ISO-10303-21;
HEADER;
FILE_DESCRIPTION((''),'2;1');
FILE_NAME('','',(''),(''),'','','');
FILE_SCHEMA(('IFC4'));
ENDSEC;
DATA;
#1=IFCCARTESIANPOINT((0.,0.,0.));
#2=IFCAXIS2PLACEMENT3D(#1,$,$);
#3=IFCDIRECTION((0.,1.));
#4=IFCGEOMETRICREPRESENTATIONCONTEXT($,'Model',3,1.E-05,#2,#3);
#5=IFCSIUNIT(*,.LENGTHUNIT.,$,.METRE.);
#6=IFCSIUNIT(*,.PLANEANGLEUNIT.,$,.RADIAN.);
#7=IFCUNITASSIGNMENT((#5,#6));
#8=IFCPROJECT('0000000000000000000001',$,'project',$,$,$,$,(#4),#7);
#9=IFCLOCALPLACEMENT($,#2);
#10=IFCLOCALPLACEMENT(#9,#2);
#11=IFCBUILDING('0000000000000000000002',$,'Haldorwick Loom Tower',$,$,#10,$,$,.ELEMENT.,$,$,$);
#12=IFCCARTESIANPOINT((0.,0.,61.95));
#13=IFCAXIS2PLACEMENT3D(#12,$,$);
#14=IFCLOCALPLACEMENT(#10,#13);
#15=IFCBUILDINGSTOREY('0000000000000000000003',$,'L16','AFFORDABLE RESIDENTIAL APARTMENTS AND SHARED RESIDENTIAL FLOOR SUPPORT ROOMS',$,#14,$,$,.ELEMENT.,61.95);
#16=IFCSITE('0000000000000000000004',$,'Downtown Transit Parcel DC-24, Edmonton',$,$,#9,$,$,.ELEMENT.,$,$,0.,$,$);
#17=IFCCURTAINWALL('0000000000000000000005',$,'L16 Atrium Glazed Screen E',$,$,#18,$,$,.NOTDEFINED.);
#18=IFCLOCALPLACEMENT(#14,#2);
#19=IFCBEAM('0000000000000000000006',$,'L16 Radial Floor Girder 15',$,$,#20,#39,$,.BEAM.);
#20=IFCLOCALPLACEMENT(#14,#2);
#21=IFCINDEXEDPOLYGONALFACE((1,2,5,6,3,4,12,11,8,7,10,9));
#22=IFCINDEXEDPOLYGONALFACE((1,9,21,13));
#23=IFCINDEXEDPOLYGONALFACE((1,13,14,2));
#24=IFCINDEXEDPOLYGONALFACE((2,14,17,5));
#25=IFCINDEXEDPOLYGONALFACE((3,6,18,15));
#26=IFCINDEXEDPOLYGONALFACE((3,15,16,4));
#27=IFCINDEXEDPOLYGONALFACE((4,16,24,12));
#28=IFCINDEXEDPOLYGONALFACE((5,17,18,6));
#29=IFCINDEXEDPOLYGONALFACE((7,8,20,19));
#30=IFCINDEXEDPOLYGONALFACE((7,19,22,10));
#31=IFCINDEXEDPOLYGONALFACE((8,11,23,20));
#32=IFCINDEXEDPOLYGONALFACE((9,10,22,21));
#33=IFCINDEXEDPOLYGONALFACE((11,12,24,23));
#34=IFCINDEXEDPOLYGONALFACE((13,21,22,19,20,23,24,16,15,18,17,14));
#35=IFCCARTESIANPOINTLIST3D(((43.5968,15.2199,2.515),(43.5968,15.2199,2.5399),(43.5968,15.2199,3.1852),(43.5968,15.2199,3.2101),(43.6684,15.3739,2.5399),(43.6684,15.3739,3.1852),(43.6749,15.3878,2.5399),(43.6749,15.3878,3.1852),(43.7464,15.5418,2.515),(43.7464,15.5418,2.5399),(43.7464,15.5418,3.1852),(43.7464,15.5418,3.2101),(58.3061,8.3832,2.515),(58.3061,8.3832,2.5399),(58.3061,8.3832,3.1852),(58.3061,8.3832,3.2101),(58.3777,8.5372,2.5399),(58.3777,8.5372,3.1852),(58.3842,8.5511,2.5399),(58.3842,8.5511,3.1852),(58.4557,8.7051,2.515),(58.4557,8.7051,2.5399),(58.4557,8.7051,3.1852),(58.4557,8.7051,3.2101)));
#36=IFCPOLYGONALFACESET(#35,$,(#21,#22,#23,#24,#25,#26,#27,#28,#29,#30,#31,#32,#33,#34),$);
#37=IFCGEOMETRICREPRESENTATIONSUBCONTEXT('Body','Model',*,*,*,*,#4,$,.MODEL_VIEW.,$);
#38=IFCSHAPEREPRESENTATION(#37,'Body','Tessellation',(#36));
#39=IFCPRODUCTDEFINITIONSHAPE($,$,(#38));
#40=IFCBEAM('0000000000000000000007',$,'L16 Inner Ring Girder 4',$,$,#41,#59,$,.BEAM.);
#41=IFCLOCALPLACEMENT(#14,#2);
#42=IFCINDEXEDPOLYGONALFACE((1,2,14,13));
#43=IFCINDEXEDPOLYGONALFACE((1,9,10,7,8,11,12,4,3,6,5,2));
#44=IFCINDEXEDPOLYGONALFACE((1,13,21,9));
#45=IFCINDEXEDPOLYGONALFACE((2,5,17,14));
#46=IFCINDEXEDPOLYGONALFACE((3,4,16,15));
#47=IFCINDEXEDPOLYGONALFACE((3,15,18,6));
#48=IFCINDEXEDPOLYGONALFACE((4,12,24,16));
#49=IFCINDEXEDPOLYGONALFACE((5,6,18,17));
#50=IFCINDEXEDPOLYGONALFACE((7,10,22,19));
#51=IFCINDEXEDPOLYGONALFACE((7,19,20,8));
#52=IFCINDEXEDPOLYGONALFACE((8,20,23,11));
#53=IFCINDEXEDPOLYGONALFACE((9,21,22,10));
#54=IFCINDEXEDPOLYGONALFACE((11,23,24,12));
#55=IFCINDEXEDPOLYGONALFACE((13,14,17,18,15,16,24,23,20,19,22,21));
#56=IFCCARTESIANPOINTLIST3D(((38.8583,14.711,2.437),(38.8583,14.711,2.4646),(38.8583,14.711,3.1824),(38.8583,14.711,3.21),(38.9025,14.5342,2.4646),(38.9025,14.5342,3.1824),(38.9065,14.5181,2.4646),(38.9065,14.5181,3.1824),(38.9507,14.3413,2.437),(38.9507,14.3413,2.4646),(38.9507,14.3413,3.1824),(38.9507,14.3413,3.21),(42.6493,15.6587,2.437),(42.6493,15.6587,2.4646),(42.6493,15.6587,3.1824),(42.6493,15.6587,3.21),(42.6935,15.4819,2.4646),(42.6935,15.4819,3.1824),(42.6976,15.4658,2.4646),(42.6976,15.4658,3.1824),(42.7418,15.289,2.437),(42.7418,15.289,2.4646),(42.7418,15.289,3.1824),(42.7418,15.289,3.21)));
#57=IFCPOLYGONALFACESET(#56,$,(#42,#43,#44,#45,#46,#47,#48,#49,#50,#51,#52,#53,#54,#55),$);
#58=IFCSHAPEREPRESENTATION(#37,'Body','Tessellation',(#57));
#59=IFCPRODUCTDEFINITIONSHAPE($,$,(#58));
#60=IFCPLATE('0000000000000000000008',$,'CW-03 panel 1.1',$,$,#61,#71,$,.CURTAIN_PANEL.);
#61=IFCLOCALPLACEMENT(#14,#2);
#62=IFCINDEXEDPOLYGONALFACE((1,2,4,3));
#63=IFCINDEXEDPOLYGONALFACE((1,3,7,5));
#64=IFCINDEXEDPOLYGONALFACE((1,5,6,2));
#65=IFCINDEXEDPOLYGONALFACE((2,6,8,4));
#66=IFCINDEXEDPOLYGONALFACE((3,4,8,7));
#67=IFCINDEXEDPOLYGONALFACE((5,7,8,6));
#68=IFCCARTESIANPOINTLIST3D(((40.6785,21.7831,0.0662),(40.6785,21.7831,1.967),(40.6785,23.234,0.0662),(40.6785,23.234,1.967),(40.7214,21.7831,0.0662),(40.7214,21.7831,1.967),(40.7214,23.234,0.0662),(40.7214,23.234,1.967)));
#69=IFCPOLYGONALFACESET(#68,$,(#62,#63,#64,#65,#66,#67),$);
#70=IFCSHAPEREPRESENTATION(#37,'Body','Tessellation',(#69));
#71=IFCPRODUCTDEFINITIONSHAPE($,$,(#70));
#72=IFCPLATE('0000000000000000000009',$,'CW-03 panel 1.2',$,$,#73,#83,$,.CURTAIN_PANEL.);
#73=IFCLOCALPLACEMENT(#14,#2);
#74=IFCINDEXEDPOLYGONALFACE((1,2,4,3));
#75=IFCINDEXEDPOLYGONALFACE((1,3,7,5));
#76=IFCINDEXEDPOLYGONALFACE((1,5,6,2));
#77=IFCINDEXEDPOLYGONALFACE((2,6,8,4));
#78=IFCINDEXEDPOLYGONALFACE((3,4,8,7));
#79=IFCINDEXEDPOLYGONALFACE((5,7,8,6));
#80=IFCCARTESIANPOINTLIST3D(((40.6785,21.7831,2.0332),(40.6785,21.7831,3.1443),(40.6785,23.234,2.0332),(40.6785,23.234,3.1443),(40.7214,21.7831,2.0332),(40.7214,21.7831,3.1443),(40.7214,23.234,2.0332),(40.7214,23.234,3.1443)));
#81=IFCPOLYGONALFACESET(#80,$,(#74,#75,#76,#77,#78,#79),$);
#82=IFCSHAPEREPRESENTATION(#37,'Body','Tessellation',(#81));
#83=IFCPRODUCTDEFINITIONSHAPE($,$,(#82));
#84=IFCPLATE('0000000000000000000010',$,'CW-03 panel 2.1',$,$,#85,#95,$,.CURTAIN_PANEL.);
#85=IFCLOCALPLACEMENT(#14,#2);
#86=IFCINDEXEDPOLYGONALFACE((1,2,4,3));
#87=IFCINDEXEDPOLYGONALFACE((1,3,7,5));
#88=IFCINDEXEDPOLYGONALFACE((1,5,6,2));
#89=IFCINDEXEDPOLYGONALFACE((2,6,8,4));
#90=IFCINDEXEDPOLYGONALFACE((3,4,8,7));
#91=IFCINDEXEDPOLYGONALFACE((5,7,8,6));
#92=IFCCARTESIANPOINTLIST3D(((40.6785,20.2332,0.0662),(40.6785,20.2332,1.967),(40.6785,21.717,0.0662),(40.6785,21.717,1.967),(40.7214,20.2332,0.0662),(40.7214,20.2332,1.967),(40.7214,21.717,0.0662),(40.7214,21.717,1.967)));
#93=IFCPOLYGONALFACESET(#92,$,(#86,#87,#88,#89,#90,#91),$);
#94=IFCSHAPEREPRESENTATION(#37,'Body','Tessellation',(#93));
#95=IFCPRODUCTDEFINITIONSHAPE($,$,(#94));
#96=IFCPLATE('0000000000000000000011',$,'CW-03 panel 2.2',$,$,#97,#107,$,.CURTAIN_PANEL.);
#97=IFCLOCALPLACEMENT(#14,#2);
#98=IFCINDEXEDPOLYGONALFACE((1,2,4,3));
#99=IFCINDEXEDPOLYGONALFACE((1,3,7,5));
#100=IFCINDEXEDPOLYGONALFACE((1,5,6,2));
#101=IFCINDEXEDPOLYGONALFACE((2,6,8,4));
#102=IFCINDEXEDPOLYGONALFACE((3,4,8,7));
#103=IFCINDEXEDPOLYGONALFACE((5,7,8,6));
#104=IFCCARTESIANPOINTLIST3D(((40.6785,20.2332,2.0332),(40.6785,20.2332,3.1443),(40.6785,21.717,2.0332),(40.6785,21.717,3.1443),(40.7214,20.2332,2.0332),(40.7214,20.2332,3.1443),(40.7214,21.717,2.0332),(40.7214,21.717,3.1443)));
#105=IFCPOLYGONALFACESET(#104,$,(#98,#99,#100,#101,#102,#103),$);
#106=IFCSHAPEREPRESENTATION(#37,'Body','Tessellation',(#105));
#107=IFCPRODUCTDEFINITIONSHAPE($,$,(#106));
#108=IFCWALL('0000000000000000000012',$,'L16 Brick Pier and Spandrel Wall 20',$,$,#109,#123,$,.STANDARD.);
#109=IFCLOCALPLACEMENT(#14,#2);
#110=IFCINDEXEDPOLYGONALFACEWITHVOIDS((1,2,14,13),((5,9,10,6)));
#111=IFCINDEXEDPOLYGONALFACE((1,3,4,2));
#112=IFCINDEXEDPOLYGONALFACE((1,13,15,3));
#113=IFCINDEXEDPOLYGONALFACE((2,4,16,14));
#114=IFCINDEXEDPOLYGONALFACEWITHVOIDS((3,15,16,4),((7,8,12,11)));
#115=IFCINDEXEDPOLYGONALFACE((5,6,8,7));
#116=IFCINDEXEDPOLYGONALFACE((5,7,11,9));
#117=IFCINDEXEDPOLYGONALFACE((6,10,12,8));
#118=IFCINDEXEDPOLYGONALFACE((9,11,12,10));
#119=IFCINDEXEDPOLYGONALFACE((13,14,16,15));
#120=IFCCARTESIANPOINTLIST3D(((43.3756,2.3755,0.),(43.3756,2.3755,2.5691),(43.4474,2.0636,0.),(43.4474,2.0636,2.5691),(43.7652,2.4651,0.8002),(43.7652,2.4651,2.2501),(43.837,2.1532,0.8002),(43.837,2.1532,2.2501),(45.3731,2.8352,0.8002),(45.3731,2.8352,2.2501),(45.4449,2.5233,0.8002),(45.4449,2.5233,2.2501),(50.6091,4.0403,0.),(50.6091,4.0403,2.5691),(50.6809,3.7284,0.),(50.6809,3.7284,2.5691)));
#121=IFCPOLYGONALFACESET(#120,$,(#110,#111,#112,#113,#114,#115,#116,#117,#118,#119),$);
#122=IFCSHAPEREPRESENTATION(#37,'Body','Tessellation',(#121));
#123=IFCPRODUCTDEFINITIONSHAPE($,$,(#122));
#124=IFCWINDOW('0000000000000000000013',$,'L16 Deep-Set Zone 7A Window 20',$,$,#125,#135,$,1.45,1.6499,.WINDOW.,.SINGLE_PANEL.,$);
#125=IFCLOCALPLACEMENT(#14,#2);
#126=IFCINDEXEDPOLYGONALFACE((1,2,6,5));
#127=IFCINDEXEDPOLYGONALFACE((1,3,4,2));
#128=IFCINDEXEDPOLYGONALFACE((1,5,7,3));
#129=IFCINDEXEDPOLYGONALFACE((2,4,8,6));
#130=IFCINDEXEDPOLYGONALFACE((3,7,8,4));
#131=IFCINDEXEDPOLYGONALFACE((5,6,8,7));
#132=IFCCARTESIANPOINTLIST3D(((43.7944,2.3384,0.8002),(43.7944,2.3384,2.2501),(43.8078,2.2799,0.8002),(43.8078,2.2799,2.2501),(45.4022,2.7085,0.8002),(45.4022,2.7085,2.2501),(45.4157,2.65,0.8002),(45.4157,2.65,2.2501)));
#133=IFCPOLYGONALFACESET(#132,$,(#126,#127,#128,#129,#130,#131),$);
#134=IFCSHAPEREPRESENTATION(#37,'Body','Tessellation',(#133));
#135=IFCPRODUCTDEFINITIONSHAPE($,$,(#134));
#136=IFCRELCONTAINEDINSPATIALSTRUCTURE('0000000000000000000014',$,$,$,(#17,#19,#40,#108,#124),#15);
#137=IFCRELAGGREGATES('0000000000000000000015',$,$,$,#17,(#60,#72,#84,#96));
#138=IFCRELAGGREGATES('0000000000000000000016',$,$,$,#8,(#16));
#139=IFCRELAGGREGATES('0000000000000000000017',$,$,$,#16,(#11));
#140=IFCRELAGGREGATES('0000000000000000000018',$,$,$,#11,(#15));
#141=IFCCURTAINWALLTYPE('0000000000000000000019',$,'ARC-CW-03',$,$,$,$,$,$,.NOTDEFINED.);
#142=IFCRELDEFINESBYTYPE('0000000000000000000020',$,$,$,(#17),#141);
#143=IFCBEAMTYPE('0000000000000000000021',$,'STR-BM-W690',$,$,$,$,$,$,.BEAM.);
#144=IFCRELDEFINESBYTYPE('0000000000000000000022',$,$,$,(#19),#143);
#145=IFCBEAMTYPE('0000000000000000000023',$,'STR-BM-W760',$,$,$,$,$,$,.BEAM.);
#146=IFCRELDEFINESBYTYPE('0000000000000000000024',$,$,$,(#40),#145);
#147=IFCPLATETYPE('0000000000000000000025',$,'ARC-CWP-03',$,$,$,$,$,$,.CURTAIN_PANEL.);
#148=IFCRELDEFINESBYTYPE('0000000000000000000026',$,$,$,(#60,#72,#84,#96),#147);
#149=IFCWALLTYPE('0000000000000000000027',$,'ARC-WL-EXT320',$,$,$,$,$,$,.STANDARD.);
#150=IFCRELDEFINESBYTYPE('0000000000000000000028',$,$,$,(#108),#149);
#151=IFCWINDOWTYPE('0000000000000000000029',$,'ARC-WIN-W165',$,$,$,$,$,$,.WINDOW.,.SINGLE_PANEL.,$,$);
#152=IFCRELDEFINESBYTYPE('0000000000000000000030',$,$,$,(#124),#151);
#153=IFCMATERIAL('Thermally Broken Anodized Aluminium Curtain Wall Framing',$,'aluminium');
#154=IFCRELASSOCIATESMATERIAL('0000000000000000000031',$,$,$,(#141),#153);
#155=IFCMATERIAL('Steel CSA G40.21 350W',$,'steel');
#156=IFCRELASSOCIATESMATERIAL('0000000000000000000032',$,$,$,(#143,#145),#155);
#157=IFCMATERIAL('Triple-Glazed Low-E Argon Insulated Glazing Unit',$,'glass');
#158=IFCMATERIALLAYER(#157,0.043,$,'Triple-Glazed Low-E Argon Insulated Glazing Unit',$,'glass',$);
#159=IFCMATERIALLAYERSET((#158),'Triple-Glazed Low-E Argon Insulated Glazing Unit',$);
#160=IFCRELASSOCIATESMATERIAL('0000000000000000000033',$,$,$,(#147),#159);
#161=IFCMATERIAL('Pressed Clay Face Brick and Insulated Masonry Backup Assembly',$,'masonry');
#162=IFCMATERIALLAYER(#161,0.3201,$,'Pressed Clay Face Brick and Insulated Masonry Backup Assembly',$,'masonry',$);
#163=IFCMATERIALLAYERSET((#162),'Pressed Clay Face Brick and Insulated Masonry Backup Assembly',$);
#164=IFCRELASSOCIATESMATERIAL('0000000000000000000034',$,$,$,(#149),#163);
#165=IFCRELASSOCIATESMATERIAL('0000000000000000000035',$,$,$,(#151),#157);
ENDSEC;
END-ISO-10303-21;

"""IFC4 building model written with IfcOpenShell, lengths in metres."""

from ifc_helpers import new_model, si_unit, direction, frame, frame_2d, origin, origin_2d, place, context, subcontext, project, spatial, rectangle, i_section, extrude, material, layer, layer_set, material_profile, profile_set, type_object, element, fill, aggregate, save


model = new_model("IFC4")

# Units and contexts
model_context = context("Model", 3, precision=1e-05, world=origin(), true_north=direction((0.0, 1.0)))
body_context = subcontext(model_context, "Body", "Model", "MODEL_VIEW")
ifc_project = project(units=[si_unit("LENGTHUNIT", "METRE"), si_unit("PLANEANGLEUNIT", "RADIAN")], contexts=[model_context])

# Site, building, storey
site_placement = place(None, origin())
site = spatial("IfcSite", under=ifc_project, at=site_placement, Name="Downtown Transit Parcel DC-24, Edmonton", CompositionType="ELEMENT", RefElevation=0.0)
building_placement = place(site_placement, origin())
building = spatial("IfcBuilding", under=site, at=building_placement, Name="Haldorwick Loom Tower", CompositionType="ELEMENT")
storey_placement = place(building_placement, frame((0.0, 0.0, 61.95)))
storey = spatial("IfcBuildingStorey", under=building, at=storey_placement, Name="L16", Description="AFFORDABLE RESIDENTIAL APARTMENTS AND SHARED RESIDENTIAL FLOOR SUPPORT ROOMS", CompositionType="ELEMENT", Elevation=61.95)

# Curtain wall
ifc_material_1 = material(Name="Thermally Broken Anodized Aluminium Curtain Wall Framing", Category="aluminium")
curtain_wall_type = type_object("IfcCurtainWallType", Name="ARC-CW-03", PredefinedType="NOTDEFINED", material=ifc_material_1)
curtain_wall_placement = place(storey_placement, origin())
curtain_wall = element("IfcCurtainWall", 1, at=curtain_wall_placement, inside=storey, type_object=curtain_wall_type, Name="L16 Atrium Glazed Screen E", PredefinedType="NOTDEFINED")

# Beams
ifc_material_2 = material(Name="Steel CSA G40.21 350W", Category="steel")
ifc_material_profile_1 = material_profile(ifc_material_2, i_section(OverallWidth=0.355, OverallDepth=0.6951, WebThickness=0.0154, FlangeThickness=0.0249, at=origin_2d()), Name="W690X217", Category="steel")
ifc_profile_set_1 = profile_set([ifc_material_profile_1], Name="Steel CSA G40.21 350W")
beam_type_1 = type_object("IfcBeamType", Name="STR-BM-W690", PredefinedType="BEAM", material=ifc_profile_set_1)
beam_1_placement = place(storey_placement, frame((43.6716, 15.3809, 2.8625), z_axis=(0.906835, -0.421486, 0.0), x_axis=(0.421486, 0.906835, 0.0)))
element("IfcBeam", 2, at=beam_1_placement, inside=storey, type_object=beam_type_1, Name="L16 Radial Floor Girder 15", PredefinedType="BEAM", context=body_context, shape_type="SweptSolid", body=[
    extrude(i_section(OverallWidth=0.355, OverallDepth=0.6951, WebThickness=0.0154, FlangeThickness=0.0249, at=origin_2d()), origin(), (0.0, 0.0, 1.0), 16.2205),
])
ifc_material_profile_2 = material_profile(ifc_material_2, i_section(OverallWidth=0.3811, OverallDepth=0.7729, WebThickness=0.0166, FlangeThickness=0.0276, at=origin_2d()), Name="W760X257", Category="steel")
ifc_profile_set_2 = profile_set([ifc_material_profile_2], Name="Steel CSA G40.21 350W")
beam_type_2 = type_object("IfcBeamType", Name="STR-BM-W760", PredefinedType="BEAM", material=ifc_profile_set_2)
beam_2_placement = place(storey_placement, frame((42.6956, 15.4739, 2.8235), z_axis=(-0.970143, -0.242536, 0.0), x_axis=(0.242536, -0.970143, 0.0)))
element("IfcBeam", 3, at=beam_2_placement, inside=storey, type_object=beam_type_2, Name="L16 Inner Ring Girder 4", PredefinedType="BEAM", context=body_context, shape_type="SweptSolid", body=[
    extrude(i_section(OverallWidth=0.3811, OverallDepth=0.7729, WebThickness=0.0166, FlangeThickness=0.0276, at=origin_2d()), origin(), (0.0, 0.0, 1.0), 3.9077),
])

# Plates
ifc_material_3 = material(Name="Triple-Glazed Low-E Argon Insulated Glazing Unit", Category="glass")
ifc_layer_1 = layer(ifc_material_3, 0.043, Name="Triple-Glazed Low-E Argon Insulated Glazing Unit", Category="glass")
ifc_layer_set_1 = layer_set([ifc_layer_1], Name="Triple-Glazed Low-E Argon Insulated Glazing Unit")
plate_type = type_object("IfcPlateType", Name="ARC-CWP-03", PredefinedType="CURTAIN_PANEL", material=ifc_layer_set_1)
plate_1_placement = place(storey_placement, frame((40.7, 22.5085, 0.0662), z_axis=(0.0, 0.0, 1.0), x_axis=(0.0, -1.0, 0.0)))
plate_1 = element("IfcPlate", 4, at=plate_1_placement, type_object=plate_type, Name="CW-03 panel 1.1", PredefinedType="CURTAIN_PANEL", context=body_context, shape_type="SweptSolid", body=[
    extrude(rectangle(XDim=1.4509, YDim=0.043, at=origin_2d()), origin(), (0.0, 0.0, 1.0), 1.9009),
])
plate_2_placement = place(storey_placement, frame((40.7, 22.5085, 2.0332), z_axis=(0.0, 0.0, 1.0), x_axis=(0.0, -1.0, 0.0)))
plate_2 = element("IfcPlate", 5, at=plate_2_placement, type_object=plate_type, Name="CW-03 panel 1.2", PredefinedType="CURTAIN_PANEL", context=body_context, shape_type="SweptSolid", body=[
    extrude(rectangle(XDim=1.4509, YDim=0.043, at=origin_2d()), origin(), (0.0, 0.0, 1.0), 1.1111),
])
plate_3_placement = place(storey_placement, frame((40.7, 20.9751, 0.0662), z_axis=(0.0, 0.0, 1.0), x_axis=(0.0, -1.0, 0.0)))
plate_3 = element("IfcPlate", 6, at=plate_3_placement, type_object=plate_type, Name="CW-03 panel 2.1", PredefinedType="CURTAIN_PANEL", context=body_context, shape_type="SweptSolid", body=[
    extrude(rectangle(XDim=1.4839, YDim=0.043, at=origin_2d()), origin(), (0.0, 0.0, 1.0), 1.9009),
])
plate_4_placement = place(storey_placement, frame((40.7, 20.9751, 2.0332), z_axis=(0.0, 0.0, 1.0), x_axis=(0.0, -1.0, 0.0)))
plate_4 = element("IfcPlate", 7, at=plate_4_placement, type_object=plate_type, Name="CW-03 panel 2.2", PredefinedType="CURTAIN_PANEL", context=body_context, shape_type="SweptSolid", body=[
    extrude(rectangle(XDim=1.4839, YDim=0.043, at=origin_2d()), origin(), (0.0, 0.0, 1.0), 1.1111),
])
aggregate(curtain_wall, [plate_1, plate_2, plate_3, plate_4])

# Wall, opening, window
ifc_material_4 = material(Name="Pressed Clay Face Brick and Insulated Masonry Backup Assembly", Category="masonry")
ifc_layer_2 = layer(ifc_material_4, 0.3201, Name="Pressed Clay Face Brick and Insulated Masonry Backup Assembly", Category="masonry")
ifc_layer_set_2 = layer_set([ifc_layer_2], Name="Pressed Clay Face Brick and Insulated Masonry Backup Assembly")
wall_type_1 = type_object("IfcWallType", Name="ARC-WL-EXT320", PredefinedType="STANDARD", material=ifc_layer_set_2)
wall_1_placement = place(storey_placement, frame((43.4114, 2.2195, 0.0), z_axis=(0.0, 0.0, 1.0), x_axis=(0.974522, 0.22429, 0.0)))
wall_1 = element("IfcWall", 8, at=wall_1_placement, inside=storey, type_object=wall_type_1, Name="L16 Brick Pier and Spandrel Wall 20", PredefinedType="STANDARD", context=body_context, shape_type="SweptSolid", body=[
    extrude(rectangle(XDim=7.4226, YDim=0.3201, at=frame_2d((3.7114, 0.0))), origin(), (0.0, 0.0, 1.0), 2.5691),
])
opening_1_placement = place(wall_1_placement, frame((0.3999, 0.0, 0.8)))
opening_1 = element("IfcOpeningElement", 9, at=opening_1_placement, cuts=wall_1, PredefinedType="OPENING", context=body_context, shape_type="SweptSolid", body=[
    extrude(rectangle(XDim=1.6499, YDim=1.45, at=frame_2d((0.825, 0.7251))), frame((0.0, 0.1699, 0.0), z_axis=(0.0, -1.0, 0.0), x_axis=(1.0, 0.0, 0.0)), (0.0, 0.0, 1.0), 0.3401),
])
window_type = type_object("IfcWindowType", Name="ARC-WIN-W165", PartitioningType="SINGLE_PANEL", PredefinedType="WINDOW", material=ifc_material_3)
window_placement = place(opening_1_placement, origin())
window = element("IfcWindow", 10, at=window_placement, inside=storey, type_object=window_type, Name="L16 Deep-Set Zone 7A Window 20", OverallHeight=1.45, OverallWidth=1.6499, PartitioningType="SINGLE_PANEL", PredefinedType="WINDOW", context=body_context, shape_type="SweptSolid", body=[
    extrude(rectangle(XDim=1.6499, YDim=1.45, at=frame_2d((0.825, 0.7251))), frame((0.0, 0.03, 0.0), z_axis=(0.0, -1.0, 0.0), x_axis=(1.0, 0.0, 0.0)), (0.0, 0.0, 1.0), 0.0601),
])
fill(opening_1, window)

save(model, "model.ifc")
